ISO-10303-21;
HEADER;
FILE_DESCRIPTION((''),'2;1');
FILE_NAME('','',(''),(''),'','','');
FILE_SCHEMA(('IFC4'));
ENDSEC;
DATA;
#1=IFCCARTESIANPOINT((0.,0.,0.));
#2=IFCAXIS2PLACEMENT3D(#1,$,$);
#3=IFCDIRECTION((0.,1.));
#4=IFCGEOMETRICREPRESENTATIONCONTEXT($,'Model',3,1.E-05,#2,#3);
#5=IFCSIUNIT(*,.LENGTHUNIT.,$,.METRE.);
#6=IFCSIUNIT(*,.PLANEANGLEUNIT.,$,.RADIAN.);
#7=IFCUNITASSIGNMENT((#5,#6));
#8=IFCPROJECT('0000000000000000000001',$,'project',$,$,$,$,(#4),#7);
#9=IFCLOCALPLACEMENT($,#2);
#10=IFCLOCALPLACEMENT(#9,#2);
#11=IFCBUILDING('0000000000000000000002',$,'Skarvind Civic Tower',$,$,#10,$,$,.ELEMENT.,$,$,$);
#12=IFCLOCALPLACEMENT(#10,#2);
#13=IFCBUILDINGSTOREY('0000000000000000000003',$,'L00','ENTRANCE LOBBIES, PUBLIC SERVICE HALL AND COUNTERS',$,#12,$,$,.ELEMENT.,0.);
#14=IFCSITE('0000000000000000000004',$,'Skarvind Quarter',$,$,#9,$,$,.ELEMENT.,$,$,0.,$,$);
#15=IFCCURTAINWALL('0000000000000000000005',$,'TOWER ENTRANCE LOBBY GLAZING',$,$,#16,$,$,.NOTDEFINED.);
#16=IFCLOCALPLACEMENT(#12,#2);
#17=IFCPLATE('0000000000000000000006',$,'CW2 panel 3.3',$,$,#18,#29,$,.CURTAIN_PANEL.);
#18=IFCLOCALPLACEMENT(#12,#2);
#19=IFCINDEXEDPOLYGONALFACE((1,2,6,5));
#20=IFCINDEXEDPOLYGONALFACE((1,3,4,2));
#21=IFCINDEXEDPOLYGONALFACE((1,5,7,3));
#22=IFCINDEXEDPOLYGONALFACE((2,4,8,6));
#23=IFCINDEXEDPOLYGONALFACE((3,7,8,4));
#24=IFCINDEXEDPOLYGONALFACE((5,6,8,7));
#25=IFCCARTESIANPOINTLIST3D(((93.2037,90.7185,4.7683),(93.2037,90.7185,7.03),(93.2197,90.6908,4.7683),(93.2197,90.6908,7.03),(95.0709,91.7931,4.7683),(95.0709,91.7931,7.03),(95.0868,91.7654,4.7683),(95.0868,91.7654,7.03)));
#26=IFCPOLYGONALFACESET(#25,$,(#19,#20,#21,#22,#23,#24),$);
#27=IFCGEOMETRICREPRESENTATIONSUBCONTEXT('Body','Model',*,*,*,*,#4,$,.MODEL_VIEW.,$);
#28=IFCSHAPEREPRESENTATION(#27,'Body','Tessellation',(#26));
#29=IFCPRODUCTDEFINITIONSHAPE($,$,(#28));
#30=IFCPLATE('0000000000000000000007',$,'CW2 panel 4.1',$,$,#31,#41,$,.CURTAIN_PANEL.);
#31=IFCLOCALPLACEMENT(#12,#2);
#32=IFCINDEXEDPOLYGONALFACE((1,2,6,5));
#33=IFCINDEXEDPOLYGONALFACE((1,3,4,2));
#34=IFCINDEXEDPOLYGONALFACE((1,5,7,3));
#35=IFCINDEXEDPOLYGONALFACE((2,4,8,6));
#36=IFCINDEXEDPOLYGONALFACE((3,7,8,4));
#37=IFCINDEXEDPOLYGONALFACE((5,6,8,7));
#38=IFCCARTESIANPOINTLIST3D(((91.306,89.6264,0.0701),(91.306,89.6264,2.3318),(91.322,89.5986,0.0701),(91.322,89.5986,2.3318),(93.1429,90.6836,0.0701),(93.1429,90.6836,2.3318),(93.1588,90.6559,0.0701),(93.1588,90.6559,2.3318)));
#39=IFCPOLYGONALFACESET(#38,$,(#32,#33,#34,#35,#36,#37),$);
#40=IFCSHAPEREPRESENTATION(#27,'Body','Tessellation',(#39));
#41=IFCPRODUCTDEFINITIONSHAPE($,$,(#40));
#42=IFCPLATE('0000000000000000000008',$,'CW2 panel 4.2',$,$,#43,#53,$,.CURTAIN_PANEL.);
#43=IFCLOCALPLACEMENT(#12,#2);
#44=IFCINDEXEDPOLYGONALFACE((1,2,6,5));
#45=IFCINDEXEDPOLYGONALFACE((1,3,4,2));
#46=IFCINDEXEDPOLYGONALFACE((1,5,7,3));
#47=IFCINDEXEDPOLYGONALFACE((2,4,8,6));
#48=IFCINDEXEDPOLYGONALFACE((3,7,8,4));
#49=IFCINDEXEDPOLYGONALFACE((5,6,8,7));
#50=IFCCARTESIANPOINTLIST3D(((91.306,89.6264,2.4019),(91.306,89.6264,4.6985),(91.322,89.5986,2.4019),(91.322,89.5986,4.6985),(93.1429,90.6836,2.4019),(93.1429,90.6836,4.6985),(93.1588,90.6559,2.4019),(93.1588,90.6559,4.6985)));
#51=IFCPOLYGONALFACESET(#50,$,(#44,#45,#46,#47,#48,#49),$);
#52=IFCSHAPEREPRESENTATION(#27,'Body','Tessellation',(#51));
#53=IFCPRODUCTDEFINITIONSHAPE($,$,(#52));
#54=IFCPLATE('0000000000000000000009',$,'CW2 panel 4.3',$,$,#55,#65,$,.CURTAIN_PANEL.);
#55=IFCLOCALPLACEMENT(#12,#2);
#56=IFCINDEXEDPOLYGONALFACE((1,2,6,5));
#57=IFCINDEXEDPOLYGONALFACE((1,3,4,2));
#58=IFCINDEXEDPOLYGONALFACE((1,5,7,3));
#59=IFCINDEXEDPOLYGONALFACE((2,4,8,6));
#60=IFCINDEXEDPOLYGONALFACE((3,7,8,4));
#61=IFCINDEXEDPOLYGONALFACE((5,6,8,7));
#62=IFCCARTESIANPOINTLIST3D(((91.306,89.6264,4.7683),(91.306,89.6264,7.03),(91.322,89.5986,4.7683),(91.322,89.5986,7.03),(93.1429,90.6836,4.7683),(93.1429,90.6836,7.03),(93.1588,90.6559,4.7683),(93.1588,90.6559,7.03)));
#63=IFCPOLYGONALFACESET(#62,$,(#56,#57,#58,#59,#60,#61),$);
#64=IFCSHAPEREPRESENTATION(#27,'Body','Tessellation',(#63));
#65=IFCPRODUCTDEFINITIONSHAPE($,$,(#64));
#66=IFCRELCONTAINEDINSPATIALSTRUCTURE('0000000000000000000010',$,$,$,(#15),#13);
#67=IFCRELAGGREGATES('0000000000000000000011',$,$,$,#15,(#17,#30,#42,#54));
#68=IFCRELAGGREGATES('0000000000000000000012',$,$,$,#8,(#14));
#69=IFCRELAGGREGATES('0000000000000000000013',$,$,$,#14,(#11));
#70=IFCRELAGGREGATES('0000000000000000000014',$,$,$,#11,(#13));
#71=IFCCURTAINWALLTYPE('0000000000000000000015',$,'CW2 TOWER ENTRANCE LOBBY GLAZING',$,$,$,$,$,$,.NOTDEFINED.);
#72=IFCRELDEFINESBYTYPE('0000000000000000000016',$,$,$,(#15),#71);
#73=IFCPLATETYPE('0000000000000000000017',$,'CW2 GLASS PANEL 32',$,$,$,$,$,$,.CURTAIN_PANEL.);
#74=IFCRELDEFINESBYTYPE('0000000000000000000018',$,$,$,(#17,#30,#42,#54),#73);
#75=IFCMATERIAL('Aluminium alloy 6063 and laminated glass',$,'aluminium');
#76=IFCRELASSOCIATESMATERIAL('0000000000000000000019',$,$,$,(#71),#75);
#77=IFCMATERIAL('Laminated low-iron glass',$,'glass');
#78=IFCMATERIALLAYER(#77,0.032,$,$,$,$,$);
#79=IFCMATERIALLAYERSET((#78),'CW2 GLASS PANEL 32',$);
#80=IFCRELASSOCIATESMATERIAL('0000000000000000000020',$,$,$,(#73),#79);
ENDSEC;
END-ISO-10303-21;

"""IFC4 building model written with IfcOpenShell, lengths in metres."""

from ifc_helpers import new_model, si_unit, direction, frame, origin, origin_2d, place, context, subcontext, project, spatial, rectangle, extrude, material, layer, layer_set, type_object, element, aggregate, save


model = new_model("IFC4")

# Units and contexts
model_context = context("Model", 3, precision=1e-05, world=origin(), true_north=direction((0.0, 1.0)))
body_context = subcontext(model_context, "Body", "Model", "MODEL_VIEW")
ifc_project = project(units=[si_unit("LENGTHUNIT", "METRE"), si_unit("PLANEANGLEUNIT", "RADIAN")], contexts=[model_context])

# Site, building, storey
site_placement = place(None, origin())
site = spatial("IfcSite", under=ifc_project, at=site_placement, Name="Skarvind Quarter", CompositionType="ELEMENT", RefElevation=0.0)
building_placement = place(site_placement, origin())
building = spatial("IfcBuilding", under=site, at=building_placement, Name="Skarvind Civic Tower", CompositionType="ELEMENT")
storey_placement = place(building_placement, origin())
storey = spatial("IfcBuildingStorey", under=building, at=storey_placement, Name="L00", Description="ENTRANCE LOBBIES, PUBLIC SERVICE HALL AND COUNTERS", CompositionType="ELEMENT", Elevation=0.0)

# Curtain wall, plates
ifc_material_1 = material(Name="Aluminium alloy 6063 and laminated glass", Category="aluminium")
curtain_wall_type = type_object("IfcCurtainWallType", Name="CW2 TOWER ENTRANCE LOBBY GLAZING", PredefinedType="NOTDEFINED", material=ifc_material_1)
curtain_wall_placement = place(storey_placement, origin())
curtain_wall = element("IfcCurtainWall", 1, at=curtain_wall_placement, inside=storey, type_object=curtain_wall_type, Name="TOWER ENTRANCE LOBBY GLAZING", PredefinedType="NOTDEFINED")
ifc_material_2 = material(Name="Laminated low-iron glass", Category="glass")
ifc_layer = layer(ifc_material_2, 0.032)
ifc_layer_set = layer_set([ifc_layer], Name="CW2 GLASS PANEL 32")
plate_type = type_object("IfcPlateType", Name="CW2 GLASS PANEL 32", PredefinedType="CURTAIN_PANEL", material=ifc_layer_set)
plate_1_placement = place(storey_placement, frame((94.1453, 91.2419, 4.7683), z_axis=(0.0, 0.0, 1.0), x_axis=(-0.8667, -0.49883, 0.0)))
plate_1 = element("IfcPlate", 2, at=plate_1_placement, type_object=plate_type, Name="CW2 panel 3.3", PredefinedType="CURTAIN_PANEL", context=body_context, shape_type="SweptSolid", body=[
    extrude(rectangle(XDim=2.1543, YDim=0.032, at=origin_2d()), origin(), (0.0, 0.0, 1.0), 2.2617),
])
plate_2_placement = place(storey_placement, frame((92.2324, 90.1411, 0.0701), z_axis=(0.0, 0.0, 1.0), x_axis=(-0.8667, -0.49883, 0.0)))
plate_2 = element("IfcPlate", 3, at=plate_2_placement, type_object=plate_type, Name="CW2 panel 4.1", PredefinedType="CURTAIN_PANEL", context=body_context, shape_type="SweptSolid", body=[
    extrude(rectangle(XDim=2.1194, YDim=0.032, at=origin_2d()), origin(), (0.0, 0.0, 1.0), 2.2617),
])
plate_3_placement = place(storey_placement, frame((92.2324, 90.1411, 2.4019), z_axis=(0.0, 0.0, 1.0), x_axis=(-0.8667, -0.49883, 0.0)))
plate_3 = element("IfcPlate", 4, at=plate_3_placement, type_object=plate_type, Name="CW2 panel 4.2", PredefinedType="CURTAIN_PANEL", context=body_context, shape_type="SweptSolid", body=[
    extrude(rectangle(XDim=2.1194, YDim=0.032, at=origin_2d()), origin(), (0.0, 0.0, 1.0), 2.2966),
])
plate_4_placement = place(storey_placement, frame((92.2324, 90.1411, 4.7683), z_axis=(0.0, 0.0, 1.0), x_axis=(-0.8667, -0.49883, 0.0)))
plate_4 = element("IfcPlate", 5, at=plate_4_placement, type_object=plate_type, Name="CW2 panel 4.3", PredefinedType="CURTAIN_PANEL", context=body_context, shape_type="SweptSolid", body=[
    extrude(rectangle(XDim=2.1194, YDim=0.032, at=origin_2d()), origin(), (0.0, 0.0, 1.0), 2.2617),
])
aggregate(curtain_wall, [plate_1, plate_2, plate_3, plate_4])

save(model, "model.ifc")
